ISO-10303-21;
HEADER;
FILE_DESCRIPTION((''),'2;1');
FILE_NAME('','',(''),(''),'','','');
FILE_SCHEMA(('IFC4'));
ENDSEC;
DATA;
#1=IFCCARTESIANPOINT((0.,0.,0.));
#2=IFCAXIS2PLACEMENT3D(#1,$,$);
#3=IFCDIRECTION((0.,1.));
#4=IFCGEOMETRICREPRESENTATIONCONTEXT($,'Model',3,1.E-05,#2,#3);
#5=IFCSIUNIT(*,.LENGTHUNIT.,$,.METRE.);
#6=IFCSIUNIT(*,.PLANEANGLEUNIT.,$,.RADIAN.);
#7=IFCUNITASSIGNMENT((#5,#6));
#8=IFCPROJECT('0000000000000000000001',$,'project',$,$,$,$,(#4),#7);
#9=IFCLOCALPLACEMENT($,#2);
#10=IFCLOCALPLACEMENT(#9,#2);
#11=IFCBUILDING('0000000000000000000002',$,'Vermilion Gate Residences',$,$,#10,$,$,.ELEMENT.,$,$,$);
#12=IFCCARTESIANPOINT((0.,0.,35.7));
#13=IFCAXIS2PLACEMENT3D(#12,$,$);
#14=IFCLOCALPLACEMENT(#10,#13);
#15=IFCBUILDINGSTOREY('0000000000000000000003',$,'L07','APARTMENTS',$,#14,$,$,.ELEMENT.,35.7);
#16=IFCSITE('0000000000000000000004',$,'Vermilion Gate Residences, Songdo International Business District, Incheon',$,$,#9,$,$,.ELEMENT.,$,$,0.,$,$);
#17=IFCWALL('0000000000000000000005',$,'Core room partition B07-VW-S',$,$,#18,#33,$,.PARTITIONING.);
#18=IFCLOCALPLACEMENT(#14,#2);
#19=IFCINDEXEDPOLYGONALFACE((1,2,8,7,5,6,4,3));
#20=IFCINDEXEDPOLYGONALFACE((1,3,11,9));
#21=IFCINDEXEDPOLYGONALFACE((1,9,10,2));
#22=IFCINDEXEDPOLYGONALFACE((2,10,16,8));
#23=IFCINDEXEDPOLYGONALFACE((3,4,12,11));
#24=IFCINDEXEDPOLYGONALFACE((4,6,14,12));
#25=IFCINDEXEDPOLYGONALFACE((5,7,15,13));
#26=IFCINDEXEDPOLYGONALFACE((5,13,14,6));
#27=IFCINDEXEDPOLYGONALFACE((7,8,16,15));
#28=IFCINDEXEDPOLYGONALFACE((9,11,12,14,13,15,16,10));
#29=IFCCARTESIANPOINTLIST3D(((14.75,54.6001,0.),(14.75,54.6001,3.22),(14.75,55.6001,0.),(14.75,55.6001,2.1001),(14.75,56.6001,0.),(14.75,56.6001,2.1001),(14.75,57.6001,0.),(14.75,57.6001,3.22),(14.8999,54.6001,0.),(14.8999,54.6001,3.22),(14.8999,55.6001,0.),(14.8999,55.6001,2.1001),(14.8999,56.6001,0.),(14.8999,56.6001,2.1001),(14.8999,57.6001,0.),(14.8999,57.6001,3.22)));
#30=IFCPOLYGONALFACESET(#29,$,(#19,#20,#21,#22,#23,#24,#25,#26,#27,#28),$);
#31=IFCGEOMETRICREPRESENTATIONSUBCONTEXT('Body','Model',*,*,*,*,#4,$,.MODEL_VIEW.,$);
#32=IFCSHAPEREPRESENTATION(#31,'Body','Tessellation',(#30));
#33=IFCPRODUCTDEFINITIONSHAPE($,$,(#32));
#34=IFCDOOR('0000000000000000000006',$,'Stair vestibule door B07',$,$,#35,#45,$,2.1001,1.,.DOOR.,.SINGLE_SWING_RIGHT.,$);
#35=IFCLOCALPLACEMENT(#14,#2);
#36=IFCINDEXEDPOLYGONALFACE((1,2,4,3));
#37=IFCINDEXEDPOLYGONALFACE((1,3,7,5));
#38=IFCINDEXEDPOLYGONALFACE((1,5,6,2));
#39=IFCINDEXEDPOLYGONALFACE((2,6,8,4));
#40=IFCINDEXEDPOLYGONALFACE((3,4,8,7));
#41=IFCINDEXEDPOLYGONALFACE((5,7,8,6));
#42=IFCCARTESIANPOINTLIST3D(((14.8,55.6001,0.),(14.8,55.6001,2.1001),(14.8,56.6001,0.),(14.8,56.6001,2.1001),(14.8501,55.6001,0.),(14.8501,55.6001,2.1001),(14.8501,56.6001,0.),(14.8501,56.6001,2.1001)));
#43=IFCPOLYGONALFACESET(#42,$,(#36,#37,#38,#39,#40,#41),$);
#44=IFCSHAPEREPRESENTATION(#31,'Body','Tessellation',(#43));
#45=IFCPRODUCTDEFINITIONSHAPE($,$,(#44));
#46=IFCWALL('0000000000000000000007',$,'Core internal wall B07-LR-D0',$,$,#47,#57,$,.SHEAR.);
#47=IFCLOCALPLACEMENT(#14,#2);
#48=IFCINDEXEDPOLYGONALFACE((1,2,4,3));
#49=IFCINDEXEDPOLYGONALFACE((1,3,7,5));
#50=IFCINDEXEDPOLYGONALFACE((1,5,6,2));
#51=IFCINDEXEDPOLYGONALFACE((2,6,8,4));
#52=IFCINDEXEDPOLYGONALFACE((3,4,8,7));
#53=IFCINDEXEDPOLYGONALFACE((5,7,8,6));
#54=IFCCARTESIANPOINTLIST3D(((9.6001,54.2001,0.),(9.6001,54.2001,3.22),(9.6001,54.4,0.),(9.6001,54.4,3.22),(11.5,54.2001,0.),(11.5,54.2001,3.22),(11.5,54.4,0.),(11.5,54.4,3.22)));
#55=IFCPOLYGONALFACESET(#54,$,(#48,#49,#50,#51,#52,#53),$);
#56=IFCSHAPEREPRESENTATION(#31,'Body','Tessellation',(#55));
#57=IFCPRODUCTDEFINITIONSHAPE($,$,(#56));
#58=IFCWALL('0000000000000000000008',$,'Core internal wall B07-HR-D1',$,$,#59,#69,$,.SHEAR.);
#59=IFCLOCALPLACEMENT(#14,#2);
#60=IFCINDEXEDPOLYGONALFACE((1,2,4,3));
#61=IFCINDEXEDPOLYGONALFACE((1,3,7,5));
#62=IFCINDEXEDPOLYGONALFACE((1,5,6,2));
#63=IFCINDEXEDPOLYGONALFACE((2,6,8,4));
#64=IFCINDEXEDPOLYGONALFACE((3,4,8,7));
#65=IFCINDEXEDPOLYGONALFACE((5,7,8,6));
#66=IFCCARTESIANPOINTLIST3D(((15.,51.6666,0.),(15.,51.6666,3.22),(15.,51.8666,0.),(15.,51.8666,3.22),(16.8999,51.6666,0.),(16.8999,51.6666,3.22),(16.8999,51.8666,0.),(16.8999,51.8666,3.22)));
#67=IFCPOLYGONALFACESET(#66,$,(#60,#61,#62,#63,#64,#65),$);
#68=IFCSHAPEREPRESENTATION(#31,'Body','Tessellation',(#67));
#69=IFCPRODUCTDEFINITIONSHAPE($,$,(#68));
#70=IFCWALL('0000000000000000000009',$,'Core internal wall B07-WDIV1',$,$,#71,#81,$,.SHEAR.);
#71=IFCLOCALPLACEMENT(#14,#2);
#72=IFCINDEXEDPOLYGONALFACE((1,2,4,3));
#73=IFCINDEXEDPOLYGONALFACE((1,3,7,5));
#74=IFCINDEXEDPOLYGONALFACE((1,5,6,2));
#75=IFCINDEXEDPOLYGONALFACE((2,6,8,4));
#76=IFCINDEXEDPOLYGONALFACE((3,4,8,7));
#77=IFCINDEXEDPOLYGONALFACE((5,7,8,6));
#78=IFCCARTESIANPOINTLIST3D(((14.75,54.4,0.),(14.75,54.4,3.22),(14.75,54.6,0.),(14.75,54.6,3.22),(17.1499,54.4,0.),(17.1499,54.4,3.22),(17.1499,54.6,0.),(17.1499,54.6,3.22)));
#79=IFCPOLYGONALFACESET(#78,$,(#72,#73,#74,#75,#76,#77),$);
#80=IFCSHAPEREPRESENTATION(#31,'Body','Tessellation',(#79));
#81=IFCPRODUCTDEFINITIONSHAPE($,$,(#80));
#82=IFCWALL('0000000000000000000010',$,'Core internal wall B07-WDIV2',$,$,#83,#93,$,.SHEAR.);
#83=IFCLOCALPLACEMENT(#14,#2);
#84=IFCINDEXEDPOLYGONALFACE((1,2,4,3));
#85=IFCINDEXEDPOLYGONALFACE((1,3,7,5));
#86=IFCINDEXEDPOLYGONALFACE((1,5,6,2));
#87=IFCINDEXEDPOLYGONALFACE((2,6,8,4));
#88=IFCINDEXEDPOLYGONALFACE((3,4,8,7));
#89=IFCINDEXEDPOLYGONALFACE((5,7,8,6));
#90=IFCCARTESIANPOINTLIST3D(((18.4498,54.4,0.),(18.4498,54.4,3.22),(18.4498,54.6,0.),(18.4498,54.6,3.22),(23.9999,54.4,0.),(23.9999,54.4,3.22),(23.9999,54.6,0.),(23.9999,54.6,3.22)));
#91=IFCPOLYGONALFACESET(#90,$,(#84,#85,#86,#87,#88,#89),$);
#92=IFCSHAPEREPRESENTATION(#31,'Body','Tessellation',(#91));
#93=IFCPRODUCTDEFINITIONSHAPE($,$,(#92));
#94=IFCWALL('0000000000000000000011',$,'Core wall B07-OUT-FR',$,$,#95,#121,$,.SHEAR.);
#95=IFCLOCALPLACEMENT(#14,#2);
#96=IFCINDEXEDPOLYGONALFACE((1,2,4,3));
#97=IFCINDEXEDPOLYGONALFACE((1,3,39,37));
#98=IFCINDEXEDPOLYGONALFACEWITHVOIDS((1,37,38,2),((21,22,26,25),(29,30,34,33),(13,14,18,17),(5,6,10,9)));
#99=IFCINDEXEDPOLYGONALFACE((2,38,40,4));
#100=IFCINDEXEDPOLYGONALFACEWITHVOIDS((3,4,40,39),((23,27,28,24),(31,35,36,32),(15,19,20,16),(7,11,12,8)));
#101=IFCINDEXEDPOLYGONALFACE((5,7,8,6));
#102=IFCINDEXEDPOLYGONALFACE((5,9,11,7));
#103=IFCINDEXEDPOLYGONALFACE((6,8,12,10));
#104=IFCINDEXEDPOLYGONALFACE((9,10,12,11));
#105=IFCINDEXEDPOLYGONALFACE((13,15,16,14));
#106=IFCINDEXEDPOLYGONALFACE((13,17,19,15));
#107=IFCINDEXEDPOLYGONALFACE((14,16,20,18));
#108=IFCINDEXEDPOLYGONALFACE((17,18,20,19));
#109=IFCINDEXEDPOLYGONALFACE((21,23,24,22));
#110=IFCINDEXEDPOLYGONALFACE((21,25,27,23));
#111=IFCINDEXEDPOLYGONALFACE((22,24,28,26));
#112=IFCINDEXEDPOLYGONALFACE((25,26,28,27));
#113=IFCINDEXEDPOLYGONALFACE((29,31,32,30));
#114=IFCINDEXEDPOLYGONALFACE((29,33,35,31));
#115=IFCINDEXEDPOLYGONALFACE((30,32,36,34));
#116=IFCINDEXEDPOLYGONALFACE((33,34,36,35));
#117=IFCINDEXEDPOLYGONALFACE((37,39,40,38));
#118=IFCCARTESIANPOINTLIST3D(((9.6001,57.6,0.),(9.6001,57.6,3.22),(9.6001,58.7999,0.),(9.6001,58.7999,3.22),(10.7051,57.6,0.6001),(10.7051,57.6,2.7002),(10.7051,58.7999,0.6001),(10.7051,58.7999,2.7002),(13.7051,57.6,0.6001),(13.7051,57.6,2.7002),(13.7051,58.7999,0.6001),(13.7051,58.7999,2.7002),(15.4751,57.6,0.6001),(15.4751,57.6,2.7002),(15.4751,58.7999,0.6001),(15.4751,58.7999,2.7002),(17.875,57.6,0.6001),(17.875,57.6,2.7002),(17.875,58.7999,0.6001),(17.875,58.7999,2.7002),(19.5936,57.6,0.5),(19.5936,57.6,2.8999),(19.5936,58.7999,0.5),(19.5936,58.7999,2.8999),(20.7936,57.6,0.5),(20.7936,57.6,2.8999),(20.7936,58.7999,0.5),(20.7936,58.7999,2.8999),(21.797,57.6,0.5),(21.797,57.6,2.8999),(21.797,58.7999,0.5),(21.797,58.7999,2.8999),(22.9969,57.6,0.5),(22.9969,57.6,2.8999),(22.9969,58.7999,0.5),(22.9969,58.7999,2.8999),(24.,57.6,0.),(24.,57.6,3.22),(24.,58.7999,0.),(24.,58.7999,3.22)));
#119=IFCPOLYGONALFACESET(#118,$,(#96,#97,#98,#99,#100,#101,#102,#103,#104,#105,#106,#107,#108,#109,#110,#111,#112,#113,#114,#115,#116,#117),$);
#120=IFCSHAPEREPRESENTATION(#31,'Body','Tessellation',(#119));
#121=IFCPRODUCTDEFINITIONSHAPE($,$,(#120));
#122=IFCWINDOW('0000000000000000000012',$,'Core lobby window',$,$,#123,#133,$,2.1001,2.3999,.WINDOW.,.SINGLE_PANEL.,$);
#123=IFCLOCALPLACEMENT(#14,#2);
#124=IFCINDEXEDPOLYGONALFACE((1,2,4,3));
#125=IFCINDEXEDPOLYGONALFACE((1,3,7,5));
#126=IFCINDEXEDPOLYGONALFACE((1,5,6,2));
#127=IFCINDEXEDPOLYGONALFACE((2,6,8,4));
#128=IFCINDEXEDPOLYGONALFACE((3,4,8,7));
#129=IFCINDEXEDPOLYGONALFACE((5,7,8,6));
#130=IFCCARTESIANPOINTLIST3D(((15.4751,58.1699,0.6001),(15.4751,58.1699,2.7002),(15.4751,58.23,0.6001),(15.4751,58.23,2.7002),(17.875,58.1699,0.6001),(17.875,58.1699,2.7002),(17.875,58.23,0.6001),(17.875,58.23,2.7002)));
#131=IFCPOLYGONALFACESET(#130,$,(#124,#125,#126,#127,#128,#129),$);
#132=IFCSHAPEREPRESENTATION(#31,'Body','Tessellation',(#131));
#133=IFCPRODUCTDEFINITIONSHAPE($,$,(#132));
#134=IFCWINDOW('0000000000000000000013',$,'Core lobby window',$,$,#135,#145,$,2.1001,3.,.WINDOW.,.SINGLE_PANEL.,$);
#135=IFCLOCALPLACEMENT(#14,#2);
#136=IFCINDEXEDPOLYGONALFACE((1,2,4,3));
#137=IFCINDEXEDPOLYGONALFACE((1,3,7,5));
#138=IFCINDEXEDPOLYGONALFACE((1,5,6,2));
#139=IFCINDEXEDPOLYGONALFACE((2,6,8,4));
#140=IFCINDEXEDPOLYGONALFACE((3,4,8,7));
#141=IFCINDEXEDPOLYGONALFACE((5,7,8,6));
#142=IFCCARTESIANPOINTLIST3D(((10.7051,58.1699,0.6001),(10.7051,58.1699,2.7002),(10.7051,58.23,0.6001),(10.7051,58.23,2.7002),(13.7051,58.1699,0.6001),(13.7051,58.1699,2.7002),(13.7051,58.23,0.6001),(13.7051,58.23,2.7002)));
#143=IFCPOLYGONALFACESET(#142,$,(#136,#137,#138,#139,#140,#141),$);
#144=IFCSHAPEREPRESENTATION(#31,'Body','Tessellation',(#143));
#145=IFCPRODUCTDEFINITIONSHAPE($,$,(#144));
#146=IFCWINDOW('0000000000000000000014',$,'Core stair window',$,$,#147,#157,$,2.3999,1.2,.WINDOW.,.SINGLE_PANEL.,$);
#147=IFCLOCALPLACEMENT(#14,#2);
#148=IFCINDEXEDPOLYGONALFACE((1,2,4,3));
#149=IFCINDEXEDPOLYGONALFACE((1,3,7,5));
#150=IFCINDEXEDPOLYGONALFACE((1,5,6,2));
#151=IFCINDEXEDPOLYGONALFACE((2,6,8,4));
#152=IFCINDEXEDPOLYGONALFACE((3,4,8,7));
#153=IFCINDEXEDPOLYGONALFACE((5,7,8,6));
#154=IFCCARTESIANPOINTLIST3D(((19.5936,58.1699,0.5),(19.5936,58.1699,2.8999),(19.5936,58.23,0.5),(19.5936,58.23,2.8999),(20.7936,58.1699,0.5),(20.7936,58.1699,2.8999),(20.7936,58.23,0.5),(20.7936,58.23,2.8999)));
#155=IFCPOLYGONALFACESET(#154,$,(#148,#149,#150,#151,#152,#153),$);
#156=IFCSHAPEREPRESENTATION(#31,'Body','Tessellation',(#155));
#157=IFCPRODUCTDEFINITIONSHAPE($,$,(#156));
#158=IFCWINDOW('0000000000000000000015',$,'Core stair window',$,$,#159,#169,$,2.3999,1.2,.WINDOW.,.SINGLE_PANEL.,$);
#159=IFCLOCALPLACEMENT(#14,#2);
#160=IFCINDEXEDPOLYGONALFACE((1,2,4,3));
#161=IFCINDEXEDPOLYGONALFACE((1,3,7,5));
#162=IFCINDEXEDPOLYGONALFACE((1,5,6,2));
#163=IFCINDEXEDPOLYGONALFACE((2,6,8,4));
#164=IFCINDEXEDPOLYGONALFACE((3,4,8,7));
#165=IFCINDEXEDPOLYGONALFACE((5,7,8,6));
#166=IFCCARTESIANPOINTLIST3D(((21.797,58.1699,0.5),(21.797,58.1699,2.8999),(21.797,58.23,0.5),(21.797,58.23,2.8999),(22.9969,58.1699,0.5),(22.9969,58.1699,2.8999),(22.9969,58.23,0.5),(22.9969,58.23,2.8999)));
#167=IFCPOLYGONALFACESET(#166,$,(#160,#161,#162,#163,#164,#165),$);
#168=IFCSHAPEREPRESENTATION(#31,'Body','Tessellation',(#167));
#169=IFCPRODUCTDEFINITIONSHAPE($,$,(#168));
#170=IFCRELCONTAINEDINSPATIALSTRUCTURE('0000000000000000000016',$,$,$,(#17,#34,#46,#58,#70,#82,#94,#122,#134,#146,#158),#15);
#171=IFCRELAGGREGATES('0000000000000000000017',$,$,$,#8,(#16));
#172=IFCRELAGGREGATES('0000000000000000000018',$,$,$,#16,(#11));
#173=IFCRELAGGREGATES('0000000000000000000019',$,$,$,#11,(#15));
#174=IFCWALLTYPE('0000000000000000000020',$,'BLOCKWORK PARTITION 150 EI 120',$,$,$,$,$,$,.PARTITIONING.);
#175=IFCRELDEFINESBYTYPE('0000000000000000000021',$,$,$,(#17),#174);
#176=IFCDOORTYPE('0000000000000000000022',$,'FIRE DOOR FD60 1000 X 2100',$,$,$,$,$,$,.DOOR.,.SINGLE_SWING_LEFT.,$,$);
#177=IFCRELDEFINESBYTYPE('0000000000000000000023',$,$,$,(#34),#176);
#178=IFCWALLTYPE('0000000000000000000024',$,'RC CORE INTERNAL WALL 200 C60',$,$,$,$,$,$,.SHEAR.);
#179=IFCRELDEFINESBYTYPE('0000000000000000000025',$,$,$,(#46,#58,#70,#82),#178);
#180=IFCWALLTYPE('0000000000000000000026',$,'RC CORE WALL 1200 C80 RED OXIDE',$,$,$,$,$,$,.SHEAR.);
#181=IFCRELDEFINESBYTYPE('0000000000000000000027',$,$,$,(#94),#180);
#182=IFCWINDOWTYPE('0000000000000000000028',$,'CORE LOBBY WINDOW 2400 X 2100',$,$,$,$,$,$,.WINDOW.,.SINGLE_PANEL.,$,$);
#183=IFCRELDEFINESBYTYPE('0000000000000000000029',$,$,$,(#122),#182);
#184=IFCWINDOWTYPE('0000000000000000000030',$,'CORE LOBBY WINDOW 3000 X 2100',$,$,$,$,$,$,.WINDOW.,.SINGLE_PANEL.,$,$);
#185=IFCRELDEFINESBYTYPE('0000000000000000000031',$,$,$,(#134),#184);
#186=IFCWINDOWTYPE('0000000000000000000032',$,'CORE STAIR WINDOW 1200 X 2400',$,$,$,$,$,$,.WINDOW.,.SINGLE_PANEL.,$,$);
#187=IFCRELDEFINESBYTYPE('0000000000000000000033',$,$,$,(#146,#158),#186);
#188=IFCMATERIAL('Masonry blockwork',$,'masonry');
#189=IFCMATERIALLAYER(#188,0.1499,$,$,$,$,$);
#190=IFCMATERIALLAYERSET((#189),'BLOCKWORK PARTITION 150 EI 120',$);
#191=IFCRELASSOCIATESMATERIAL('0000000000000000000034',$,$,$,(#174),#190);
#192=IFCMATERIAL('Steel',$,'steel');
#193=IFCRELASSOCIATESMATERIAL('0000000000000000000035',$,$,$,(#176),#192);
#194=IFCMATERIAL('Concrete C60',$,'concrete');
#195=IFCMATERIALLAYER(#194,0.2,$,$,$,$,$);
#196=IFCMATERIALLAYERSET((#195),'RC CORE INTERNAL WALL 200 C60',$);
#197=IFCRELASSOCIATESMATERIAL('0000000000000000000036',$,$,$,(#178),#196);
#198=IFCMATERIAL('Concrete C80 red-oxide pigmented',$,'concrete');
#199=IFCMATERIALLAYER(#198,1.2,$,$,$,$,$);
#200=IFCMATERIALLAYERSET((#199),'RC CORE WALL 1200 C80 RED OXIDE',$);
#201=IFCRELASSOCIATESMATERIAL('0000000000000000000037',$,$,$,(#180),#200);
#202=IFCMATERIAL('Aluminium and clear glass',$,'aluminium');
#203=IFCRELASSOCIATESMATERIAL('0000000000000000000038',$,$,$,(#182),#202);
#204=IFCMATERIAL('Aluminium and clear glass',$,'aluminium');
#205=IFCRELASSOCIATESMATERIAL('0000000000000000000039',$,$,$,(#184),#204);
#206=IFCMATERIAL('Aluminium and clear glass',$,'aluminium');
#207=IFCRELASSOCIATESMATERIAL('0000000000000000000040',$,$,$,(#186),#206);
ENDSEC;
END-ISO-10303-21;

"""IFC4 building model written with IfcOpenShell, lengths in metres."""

from ifc_helpers import new_model, si_unit, direction, frame, frame_2d, origin, place, context, subcontext, project, spatial, rectangle, extrude, material, layer, layer_set, type_object, element, fill, save


model = new_model("IFC4")

# Units and contexts
model_context = context("Model", 3, precision=1e-05, world=origin(), true_north=direction((0.0, 1.0)))
body_context = subcontext(model_context, "Body", "Model", "MODEL_VIEW")
ifc_project = project(units=[si_unit("LENGTHUNIT", "METRE"), si_unit("PLANEANGLEUNIT", "RADIAN")], contexts=[model_context])

# Site, building, storey
site_placement = place(None, origin())
site = spatial("IfcSite", under=ifc_project, at=site_placement, Name="Vermilion Gate Residences, Songdo International Business District, Incheon", CompositionType="ELEMENT", RefElevation=0.0)
building_placement = place(site_placement, origin())
building = spatial("IfcBuilding", under=site, at=building_placement, Name="Vermilion Gate Residences", CompositionType="ELEMENT")
storey_placement = place(building_placement, frame((0.0, 0.0, 35.7)))
storey = spatial("IfcBuildingStorey", under=building, at=storey_placement, Name="L07", Description="APARTMENTS", CompositionType="ELEMENT", Elevation=35.7)

# Wall, opening, door
ifc_material_1 = material(Name="Masonry blockwork", Category="masonry")
ifc_layer_1 = layer(ifc_material_1, 0.1499)
ifc_layer_set_1 = layer_set([ifc_layer_1], Name="BLOCKWORK PARTITION 150 EI 120")
wall_type_1 = type_object("IfcWallType", Name="BLOCKWORK PARTITION 150 EI 120", PredefinedType="PARTITIONING", material=ifc_layer_set_1)
wall_1_placement = place(storey_placement, frame((14.825, 57.6001, 0.0), z_axis=(0.0, 0.0, 1.0), x_axis=(0.0, -1.0, 0.0)))
wall_1 = element("IfcWall", 1, at=wall_1_placement, inside=storey, type_object=wall_type_1, Name="Core room partition B07-VW-S", PredefinedType="PARTITIONING", context=body_context, shape_type="SweptSolid", body=[
    extrude(rectangle(XDim=3.0, YDim=0.1499, at=frame_2d((1.5, 0.0))), origin(), (0.0, 0.0, 1.0), 3.22),
])
opening_1_placement = place(wall_1_placement, frame((1.0, 0.0, 0.0)))
opening_1 = element("IfcOpeningElement", 2, at=opening_1_placement, cuts=wall_1, PredefinedType="OPENING", context=body_context, shape_type="SweptSolid", body=[
    extrude(rectangle(XDim=1.0, YDim=2.1001, at=frame_2d((0.5, 1.05))), frame((0.0, 0.085, 0.0), z_axis=(0.0, -1.0, 0.0), x_axis=(1.0, 0.0, 0.0)), (0.0, 0.0, 1.0), 0.1699),
])
ifc_material_2 = material(Name="Steel", Category="steel")
door_type_1 = type_object("IfcDoorType", Name="FIRE DOOR FD60 1000 X 2100", OperationType="SINGLE_SWING_LEFT", PredefinedType="DOOR", material=ifc_material_2)
door_1_placement = place(opening_1_placement, frame((1.0, 0.0, 0.0), z_axis=(0.0, 0.0, 1.0), x_axis=(-1.0, 0.0, 0.0)))
door_1 = element("IfcDoor", 3, at=door_1_placement, inside=storey, type_object=door_type_1, Name="Stair vestibule door B07", OperationType="SINGLE_SWING_RIGHT", OverallHeight=2.1001, OverallWidth=1.0, PredefinedType="DOOR", context=body_context, shape_type="SweptSolid", body=[
    extrude(rectangle(XDim=1.0, YDim=2.1001, at=frame_2d((0.5, 1.05))), frame((0.0, 0.0249, 0.0), z_axis=(0.0, -1.0, 0.0), x_axis=(1.0, 0.0, 0.0)), (0.0, 0.0, 1.0), 0.05),
])
fill(opening_1, door_1)

# Walls
ifc_material_3 = material(Name="Concrete C60", Category="concrete")
ifc_layer_2 = layer(ifc_material_3, 0.2)
ifc_layer_set_2 = layer_set([ifc_layer_2], Name="RC CORE INTERNAL WALL 200 C60")
wall_type_2 = type_object("IfcWallType", Name="RC CORE INTERNAL WALL 200 C60", PredefinedType="SHEAR", material=ifc_layer_set_2)
for number, where, z_axis, x_axis, name in (
    (4, (9.6001, 54.3, 0.0), (0.0, 0.0, 1.0), (1.0, 0.0, 0.0), "Core internal wall B07-LR-D0"),
    (5, (15.0, 51.7666, 0.0), (0.0, 0.0, 1.0), (1.0, 0.0, 0.0), "Core internal wall B07-HR-D1"),
):
    element("IfcWall", number, at=place(storey_placement, frame(where, z_axis=z_axis, x_axis=x_axis)), inside=storey, type_object=wall_type_2, Name=name, PredefinedType="SHEAR", context=body_context, shape_type="SweptSolid", body=[
        extrude(rectangle(XDim=1.8999, YDim=0.2, at=frame_2d((0.95, 0.0))), origin(), (0.0, 0.0, 1.0), 3.22),
    ])
wall_2_placement = place(storey_placement, frame((14.75, 54.5, 0.0), z_axis=(0.0, 0.0, 1.0), x_axis=(1.0, 0.0, 0.0)))
element("IfcWall", 6, at=wall_2_placement, inside=storey, type_object=wall_type_2, Name="Core internal wall B07-WDIV1", PredefinedType="SHEAR", context=body_context, shape_type="SweptSolid", body=[
    extrude(rectangle(XDim=2.3999, YDim=0.2, at=frame_2d((1.2, 0.0))), origin(), (0.0, 0.0, 1.0), 3.22),
])
wall_3_placement = place(storey_placement, frame((18.45, 54.5, 0.0), z_axis=(0.0, 0.0, 1.0), x_axis=(1.0, 0.0, 0.0)))
element("IfcWall", 7, at=wall_3_placement, inside=storey, type_object=wall_type_2, Name="Core internal wall B07-WDIV2", PredefinedType="SHEAR", context=body_context, shape_type="SweptSolid", body=[
    extrude(rectangle(XDim=5.55, YDim=0.2, at=frame_2d((2.7749, 0.0))), origin(), (0.0, 0.0, 1.0), 3.22),
])

# Wall, openings, windows
ifc_material_4 = material(Name="Concrete C80 red-oxide pigmented", Category="concrete")
ifc_layer_3 = layer(ifc_material_4, 1.2)
ifc_layer_set_3 = layer_set([ifc_layer_3], Name="RC CORE WALL 1200 C80 RED OXIDE")
wall_type_3 = type_object("IfcWallType", Name="RC CORE WALL 1200 C80 RED OXIDE", PredefinedType="SHEAR", material=ifc_layer_set_3)
wall_4_placement = place(storey_placement, frame((9.6001, 58.2, 0.0), z_axis=(0.0, 0.0, 1.0), x_axis=(1.0, 0.0, 0.0)))
wall_4 = element("IfcWall", 8, at=wall_4_placement, inside=storey, type_object=wall_type_3, Name="Core wall B07-OUT-FR", PredefinedType="SHEAR", context=body_context, shape_type="SweptSolid", body=[
    extrude(rectangle(XDim=14.3999, YDim=1.2, at=frame_2d((7.2, 0.0))), origin(), (0.0, 0.0, 1.0), 3.22),
])
opening_2_placement = place(wall_4_placement, frame((1.105, 0.0, 0.6001)))
opening_2 = element("IfcOpeningElement", 9, at=opening_2_placement, cuts=wall_4, PredefinedType="OPENING", context=body_context, shape_type="SweptSolid", body=[
    extrude(rectangle(XDim=3.0, YDim=2.1001, at=frame_2d((1.5, 1.05))), frame((0.0, 0.6099, 0.0), z_axis=(0.0, -1.0, 0.0), x_axis=(1.0, 0.0, 0.0)), (0.0, 0.0, 1.0), 1.22),
])
opening_3_placement = place(wall_4_placement, frame((5.875, 0.0, 0.6001)))
opening_3 = element("IfcOpeningElement", 10, at=opening_3_placement, cuts=wall_4, PredefinedType="OPENING", context=body_context, shape_type="SweptSolid", body=[
    extrude(rectangle(XDim=2.3999, YDim=2.1001, at=frame_2d((1.2, 1.05))), frame((0.0, 0.6099, 0.0), z_axis=(0.0, -1.0, 0.0), x_axis=(1.0, 0.0, 0.0)), (0.0, 0.0, 1.0), 1.22),
])
opening_4_placement = place(wall_4_placement, frame((9.9934, 0.0, 0.5)))
opening_4 = element("IfcOpeningElement", 11, at=opening_4_placement, cuts=wall_4, PredefinedType="OPENING", context=body_context, shape_type="SweptSolid", body=[
    extrude(rectangle(XDim=1.2, YDim=2.3999, at=frame_2d((0.6001, 1.2))), frame((0.0, 0.6099, 0.0), z_axis=(0.0, -1.0, 0.0), x_axis=(1.0, 0.0, 0.0)), (0.0, 0.0, 1.0), 1.22),
])
opening_5_placement = place(wall_4_placement, frame((12.1968, 0.0, 0.5)))
opening_5 = element("IfcOpeningElement", 12, at=opening_5_placement, cuts=wall_4, PredefinedType="OPENING", context=body_context, shape_type="SweptSolid", body=[
    extrude(rectangle(XDim=1.2, YDim=2.3999, at=frame_2d((0.6001, 1.2))), frame((0.0, 0.6099, 0.0), z_axis=(0.0, -1.0, 0.0), x_axis=(1.0, 0.0, 0.0)), (0.0, 0.0, 1.0), 1.22),
])
ifc_material_5 = material(Name="Aluminium and clear glass", Category="aluminium")
window_type_1 = type_object("IfcWindowType", Name="CORE LOBBY WINDOW 2400 X 2100", PartitioningType="SINGLE_PANEL", PredefinedType="WINDOW", material=ifc_material_5)
window_1_placement = place(opening_3_placement, origin())
window_1 = element("IfcWindow", 13, at=window_1_placement, inside=storey, type_object=window_type_1, Name="Core lobby window", OverallHeight=2.1001, OverallWidth=2.3999, PartitioningType="SINGLE_PANEL", PredefinedType="WINDOW", context=body_context, shape_type="SweptSolid", body=[
    extrude(rectangle(XDim=2.3999, YDim=2.1001, at=frame_2d((1.2, 1.05))), frame((0.0, 0.03, 0.0), z_axis=(0.0, -1.0, 0.0), x_axis=(1.0, 0.0, 0.0)), (0.0, 0.0, 1.0), 0.0601),
])
fill(opening_3, window_1)
ifc_material_6 = material(Name="Aluminium and clear glass", Category="aluminium")
window_type_2 = type_object("IfcWindowType", Name="CORE LOBBY WINDOW 3000 X 2100", PartitioningType="SINGLE_PANEL", PredefinedType="WINDOW", material=ifc_material_6)
window_2_placement = place(opening_2_placement, origin())
window_2 = element("IfcWindow", 14, at=window_2_placement, inside=storey, type_object=window_type_2, Name="Core lobby window", OverallHeight=2.1001, OverallWidth=3.0, PartitioningType="SINGLE_PANEL", PredefinedType="WINDOW", context=body_context, shape_type="SweptSolid", body=[
    extrude(rectangle(XDim=3.0, YDim=2.1001, at=frame_2d((1.5, 1.05))), frame((0.0, 0.03, 0.0), z_axis=(0.0, -1.0, 0.0), x_axis=(1.0, 0.0, 0.0)), (0.0, 0.0, 1.0), 0.0601),
])
fill(opening_2, window_2)
ifc_material_7 = material(Name="Aluminium and clear glass", Category="aluminium")
window_type_3 = type_object("IfcWindowType", Name="CORE STAIR WINDOW 1200 X 2400", PartitioningType="SINGLE_PANEL", PredefinedType="WINDOW", material=ifc_material_7)
window_3_placement = place(opening_4_placement, origin())
window_3 = element("IfcWindow", 15, at=window_3_placement, inside=storey, type_object=window_type_3, Name="Core stair window", OverallHeight=2.3999, OverallWidth=1.2, PartitioningType="SINGLE_PANEL", PredefinedType="WINDOW", context=body_context, shape_type="SweptSolid", body=[
    extrude(rectangle(XDim=1.2, YDim=2.3999, at=frame_2d((0.6001, 1.2))), frame((0.0, 0.03, 0.0), z_axis=(0.0, -1.0, 0.0), x_axis=(1.0, 0.0, 0.0)), (0.0, 0.0, 1.0), 0.0601),
])
fill(opening_4, window_3)
window_4_placement = place(opening_5_placement, origin())
window_4 = element("IfcWindow", 16, at=window_4_placement, inside=storey, type_object=window_type_3, Name="Core stair window", OverallHeight=2.3999, OverallWidth=1.2, PartitioningType="SINGLE_PANEL", PredefinedType="WINDOW", context=body_context, shape_type="SweptSolid", body=[
    extrude(rectangle(XDim=1.2, YDim=2.3999, at=frame_2d((0.6001, 1.2))), frame((0.0, 0.03, 0.0), z_axis=(0.0, -1.0, 0.0), x_axis=(1.0, 0.0, 0.0)), (0.0, 0.0, 1.0), 0.0601),
])
fill(opening_5, window_4)

save(model, "model.ifc")
